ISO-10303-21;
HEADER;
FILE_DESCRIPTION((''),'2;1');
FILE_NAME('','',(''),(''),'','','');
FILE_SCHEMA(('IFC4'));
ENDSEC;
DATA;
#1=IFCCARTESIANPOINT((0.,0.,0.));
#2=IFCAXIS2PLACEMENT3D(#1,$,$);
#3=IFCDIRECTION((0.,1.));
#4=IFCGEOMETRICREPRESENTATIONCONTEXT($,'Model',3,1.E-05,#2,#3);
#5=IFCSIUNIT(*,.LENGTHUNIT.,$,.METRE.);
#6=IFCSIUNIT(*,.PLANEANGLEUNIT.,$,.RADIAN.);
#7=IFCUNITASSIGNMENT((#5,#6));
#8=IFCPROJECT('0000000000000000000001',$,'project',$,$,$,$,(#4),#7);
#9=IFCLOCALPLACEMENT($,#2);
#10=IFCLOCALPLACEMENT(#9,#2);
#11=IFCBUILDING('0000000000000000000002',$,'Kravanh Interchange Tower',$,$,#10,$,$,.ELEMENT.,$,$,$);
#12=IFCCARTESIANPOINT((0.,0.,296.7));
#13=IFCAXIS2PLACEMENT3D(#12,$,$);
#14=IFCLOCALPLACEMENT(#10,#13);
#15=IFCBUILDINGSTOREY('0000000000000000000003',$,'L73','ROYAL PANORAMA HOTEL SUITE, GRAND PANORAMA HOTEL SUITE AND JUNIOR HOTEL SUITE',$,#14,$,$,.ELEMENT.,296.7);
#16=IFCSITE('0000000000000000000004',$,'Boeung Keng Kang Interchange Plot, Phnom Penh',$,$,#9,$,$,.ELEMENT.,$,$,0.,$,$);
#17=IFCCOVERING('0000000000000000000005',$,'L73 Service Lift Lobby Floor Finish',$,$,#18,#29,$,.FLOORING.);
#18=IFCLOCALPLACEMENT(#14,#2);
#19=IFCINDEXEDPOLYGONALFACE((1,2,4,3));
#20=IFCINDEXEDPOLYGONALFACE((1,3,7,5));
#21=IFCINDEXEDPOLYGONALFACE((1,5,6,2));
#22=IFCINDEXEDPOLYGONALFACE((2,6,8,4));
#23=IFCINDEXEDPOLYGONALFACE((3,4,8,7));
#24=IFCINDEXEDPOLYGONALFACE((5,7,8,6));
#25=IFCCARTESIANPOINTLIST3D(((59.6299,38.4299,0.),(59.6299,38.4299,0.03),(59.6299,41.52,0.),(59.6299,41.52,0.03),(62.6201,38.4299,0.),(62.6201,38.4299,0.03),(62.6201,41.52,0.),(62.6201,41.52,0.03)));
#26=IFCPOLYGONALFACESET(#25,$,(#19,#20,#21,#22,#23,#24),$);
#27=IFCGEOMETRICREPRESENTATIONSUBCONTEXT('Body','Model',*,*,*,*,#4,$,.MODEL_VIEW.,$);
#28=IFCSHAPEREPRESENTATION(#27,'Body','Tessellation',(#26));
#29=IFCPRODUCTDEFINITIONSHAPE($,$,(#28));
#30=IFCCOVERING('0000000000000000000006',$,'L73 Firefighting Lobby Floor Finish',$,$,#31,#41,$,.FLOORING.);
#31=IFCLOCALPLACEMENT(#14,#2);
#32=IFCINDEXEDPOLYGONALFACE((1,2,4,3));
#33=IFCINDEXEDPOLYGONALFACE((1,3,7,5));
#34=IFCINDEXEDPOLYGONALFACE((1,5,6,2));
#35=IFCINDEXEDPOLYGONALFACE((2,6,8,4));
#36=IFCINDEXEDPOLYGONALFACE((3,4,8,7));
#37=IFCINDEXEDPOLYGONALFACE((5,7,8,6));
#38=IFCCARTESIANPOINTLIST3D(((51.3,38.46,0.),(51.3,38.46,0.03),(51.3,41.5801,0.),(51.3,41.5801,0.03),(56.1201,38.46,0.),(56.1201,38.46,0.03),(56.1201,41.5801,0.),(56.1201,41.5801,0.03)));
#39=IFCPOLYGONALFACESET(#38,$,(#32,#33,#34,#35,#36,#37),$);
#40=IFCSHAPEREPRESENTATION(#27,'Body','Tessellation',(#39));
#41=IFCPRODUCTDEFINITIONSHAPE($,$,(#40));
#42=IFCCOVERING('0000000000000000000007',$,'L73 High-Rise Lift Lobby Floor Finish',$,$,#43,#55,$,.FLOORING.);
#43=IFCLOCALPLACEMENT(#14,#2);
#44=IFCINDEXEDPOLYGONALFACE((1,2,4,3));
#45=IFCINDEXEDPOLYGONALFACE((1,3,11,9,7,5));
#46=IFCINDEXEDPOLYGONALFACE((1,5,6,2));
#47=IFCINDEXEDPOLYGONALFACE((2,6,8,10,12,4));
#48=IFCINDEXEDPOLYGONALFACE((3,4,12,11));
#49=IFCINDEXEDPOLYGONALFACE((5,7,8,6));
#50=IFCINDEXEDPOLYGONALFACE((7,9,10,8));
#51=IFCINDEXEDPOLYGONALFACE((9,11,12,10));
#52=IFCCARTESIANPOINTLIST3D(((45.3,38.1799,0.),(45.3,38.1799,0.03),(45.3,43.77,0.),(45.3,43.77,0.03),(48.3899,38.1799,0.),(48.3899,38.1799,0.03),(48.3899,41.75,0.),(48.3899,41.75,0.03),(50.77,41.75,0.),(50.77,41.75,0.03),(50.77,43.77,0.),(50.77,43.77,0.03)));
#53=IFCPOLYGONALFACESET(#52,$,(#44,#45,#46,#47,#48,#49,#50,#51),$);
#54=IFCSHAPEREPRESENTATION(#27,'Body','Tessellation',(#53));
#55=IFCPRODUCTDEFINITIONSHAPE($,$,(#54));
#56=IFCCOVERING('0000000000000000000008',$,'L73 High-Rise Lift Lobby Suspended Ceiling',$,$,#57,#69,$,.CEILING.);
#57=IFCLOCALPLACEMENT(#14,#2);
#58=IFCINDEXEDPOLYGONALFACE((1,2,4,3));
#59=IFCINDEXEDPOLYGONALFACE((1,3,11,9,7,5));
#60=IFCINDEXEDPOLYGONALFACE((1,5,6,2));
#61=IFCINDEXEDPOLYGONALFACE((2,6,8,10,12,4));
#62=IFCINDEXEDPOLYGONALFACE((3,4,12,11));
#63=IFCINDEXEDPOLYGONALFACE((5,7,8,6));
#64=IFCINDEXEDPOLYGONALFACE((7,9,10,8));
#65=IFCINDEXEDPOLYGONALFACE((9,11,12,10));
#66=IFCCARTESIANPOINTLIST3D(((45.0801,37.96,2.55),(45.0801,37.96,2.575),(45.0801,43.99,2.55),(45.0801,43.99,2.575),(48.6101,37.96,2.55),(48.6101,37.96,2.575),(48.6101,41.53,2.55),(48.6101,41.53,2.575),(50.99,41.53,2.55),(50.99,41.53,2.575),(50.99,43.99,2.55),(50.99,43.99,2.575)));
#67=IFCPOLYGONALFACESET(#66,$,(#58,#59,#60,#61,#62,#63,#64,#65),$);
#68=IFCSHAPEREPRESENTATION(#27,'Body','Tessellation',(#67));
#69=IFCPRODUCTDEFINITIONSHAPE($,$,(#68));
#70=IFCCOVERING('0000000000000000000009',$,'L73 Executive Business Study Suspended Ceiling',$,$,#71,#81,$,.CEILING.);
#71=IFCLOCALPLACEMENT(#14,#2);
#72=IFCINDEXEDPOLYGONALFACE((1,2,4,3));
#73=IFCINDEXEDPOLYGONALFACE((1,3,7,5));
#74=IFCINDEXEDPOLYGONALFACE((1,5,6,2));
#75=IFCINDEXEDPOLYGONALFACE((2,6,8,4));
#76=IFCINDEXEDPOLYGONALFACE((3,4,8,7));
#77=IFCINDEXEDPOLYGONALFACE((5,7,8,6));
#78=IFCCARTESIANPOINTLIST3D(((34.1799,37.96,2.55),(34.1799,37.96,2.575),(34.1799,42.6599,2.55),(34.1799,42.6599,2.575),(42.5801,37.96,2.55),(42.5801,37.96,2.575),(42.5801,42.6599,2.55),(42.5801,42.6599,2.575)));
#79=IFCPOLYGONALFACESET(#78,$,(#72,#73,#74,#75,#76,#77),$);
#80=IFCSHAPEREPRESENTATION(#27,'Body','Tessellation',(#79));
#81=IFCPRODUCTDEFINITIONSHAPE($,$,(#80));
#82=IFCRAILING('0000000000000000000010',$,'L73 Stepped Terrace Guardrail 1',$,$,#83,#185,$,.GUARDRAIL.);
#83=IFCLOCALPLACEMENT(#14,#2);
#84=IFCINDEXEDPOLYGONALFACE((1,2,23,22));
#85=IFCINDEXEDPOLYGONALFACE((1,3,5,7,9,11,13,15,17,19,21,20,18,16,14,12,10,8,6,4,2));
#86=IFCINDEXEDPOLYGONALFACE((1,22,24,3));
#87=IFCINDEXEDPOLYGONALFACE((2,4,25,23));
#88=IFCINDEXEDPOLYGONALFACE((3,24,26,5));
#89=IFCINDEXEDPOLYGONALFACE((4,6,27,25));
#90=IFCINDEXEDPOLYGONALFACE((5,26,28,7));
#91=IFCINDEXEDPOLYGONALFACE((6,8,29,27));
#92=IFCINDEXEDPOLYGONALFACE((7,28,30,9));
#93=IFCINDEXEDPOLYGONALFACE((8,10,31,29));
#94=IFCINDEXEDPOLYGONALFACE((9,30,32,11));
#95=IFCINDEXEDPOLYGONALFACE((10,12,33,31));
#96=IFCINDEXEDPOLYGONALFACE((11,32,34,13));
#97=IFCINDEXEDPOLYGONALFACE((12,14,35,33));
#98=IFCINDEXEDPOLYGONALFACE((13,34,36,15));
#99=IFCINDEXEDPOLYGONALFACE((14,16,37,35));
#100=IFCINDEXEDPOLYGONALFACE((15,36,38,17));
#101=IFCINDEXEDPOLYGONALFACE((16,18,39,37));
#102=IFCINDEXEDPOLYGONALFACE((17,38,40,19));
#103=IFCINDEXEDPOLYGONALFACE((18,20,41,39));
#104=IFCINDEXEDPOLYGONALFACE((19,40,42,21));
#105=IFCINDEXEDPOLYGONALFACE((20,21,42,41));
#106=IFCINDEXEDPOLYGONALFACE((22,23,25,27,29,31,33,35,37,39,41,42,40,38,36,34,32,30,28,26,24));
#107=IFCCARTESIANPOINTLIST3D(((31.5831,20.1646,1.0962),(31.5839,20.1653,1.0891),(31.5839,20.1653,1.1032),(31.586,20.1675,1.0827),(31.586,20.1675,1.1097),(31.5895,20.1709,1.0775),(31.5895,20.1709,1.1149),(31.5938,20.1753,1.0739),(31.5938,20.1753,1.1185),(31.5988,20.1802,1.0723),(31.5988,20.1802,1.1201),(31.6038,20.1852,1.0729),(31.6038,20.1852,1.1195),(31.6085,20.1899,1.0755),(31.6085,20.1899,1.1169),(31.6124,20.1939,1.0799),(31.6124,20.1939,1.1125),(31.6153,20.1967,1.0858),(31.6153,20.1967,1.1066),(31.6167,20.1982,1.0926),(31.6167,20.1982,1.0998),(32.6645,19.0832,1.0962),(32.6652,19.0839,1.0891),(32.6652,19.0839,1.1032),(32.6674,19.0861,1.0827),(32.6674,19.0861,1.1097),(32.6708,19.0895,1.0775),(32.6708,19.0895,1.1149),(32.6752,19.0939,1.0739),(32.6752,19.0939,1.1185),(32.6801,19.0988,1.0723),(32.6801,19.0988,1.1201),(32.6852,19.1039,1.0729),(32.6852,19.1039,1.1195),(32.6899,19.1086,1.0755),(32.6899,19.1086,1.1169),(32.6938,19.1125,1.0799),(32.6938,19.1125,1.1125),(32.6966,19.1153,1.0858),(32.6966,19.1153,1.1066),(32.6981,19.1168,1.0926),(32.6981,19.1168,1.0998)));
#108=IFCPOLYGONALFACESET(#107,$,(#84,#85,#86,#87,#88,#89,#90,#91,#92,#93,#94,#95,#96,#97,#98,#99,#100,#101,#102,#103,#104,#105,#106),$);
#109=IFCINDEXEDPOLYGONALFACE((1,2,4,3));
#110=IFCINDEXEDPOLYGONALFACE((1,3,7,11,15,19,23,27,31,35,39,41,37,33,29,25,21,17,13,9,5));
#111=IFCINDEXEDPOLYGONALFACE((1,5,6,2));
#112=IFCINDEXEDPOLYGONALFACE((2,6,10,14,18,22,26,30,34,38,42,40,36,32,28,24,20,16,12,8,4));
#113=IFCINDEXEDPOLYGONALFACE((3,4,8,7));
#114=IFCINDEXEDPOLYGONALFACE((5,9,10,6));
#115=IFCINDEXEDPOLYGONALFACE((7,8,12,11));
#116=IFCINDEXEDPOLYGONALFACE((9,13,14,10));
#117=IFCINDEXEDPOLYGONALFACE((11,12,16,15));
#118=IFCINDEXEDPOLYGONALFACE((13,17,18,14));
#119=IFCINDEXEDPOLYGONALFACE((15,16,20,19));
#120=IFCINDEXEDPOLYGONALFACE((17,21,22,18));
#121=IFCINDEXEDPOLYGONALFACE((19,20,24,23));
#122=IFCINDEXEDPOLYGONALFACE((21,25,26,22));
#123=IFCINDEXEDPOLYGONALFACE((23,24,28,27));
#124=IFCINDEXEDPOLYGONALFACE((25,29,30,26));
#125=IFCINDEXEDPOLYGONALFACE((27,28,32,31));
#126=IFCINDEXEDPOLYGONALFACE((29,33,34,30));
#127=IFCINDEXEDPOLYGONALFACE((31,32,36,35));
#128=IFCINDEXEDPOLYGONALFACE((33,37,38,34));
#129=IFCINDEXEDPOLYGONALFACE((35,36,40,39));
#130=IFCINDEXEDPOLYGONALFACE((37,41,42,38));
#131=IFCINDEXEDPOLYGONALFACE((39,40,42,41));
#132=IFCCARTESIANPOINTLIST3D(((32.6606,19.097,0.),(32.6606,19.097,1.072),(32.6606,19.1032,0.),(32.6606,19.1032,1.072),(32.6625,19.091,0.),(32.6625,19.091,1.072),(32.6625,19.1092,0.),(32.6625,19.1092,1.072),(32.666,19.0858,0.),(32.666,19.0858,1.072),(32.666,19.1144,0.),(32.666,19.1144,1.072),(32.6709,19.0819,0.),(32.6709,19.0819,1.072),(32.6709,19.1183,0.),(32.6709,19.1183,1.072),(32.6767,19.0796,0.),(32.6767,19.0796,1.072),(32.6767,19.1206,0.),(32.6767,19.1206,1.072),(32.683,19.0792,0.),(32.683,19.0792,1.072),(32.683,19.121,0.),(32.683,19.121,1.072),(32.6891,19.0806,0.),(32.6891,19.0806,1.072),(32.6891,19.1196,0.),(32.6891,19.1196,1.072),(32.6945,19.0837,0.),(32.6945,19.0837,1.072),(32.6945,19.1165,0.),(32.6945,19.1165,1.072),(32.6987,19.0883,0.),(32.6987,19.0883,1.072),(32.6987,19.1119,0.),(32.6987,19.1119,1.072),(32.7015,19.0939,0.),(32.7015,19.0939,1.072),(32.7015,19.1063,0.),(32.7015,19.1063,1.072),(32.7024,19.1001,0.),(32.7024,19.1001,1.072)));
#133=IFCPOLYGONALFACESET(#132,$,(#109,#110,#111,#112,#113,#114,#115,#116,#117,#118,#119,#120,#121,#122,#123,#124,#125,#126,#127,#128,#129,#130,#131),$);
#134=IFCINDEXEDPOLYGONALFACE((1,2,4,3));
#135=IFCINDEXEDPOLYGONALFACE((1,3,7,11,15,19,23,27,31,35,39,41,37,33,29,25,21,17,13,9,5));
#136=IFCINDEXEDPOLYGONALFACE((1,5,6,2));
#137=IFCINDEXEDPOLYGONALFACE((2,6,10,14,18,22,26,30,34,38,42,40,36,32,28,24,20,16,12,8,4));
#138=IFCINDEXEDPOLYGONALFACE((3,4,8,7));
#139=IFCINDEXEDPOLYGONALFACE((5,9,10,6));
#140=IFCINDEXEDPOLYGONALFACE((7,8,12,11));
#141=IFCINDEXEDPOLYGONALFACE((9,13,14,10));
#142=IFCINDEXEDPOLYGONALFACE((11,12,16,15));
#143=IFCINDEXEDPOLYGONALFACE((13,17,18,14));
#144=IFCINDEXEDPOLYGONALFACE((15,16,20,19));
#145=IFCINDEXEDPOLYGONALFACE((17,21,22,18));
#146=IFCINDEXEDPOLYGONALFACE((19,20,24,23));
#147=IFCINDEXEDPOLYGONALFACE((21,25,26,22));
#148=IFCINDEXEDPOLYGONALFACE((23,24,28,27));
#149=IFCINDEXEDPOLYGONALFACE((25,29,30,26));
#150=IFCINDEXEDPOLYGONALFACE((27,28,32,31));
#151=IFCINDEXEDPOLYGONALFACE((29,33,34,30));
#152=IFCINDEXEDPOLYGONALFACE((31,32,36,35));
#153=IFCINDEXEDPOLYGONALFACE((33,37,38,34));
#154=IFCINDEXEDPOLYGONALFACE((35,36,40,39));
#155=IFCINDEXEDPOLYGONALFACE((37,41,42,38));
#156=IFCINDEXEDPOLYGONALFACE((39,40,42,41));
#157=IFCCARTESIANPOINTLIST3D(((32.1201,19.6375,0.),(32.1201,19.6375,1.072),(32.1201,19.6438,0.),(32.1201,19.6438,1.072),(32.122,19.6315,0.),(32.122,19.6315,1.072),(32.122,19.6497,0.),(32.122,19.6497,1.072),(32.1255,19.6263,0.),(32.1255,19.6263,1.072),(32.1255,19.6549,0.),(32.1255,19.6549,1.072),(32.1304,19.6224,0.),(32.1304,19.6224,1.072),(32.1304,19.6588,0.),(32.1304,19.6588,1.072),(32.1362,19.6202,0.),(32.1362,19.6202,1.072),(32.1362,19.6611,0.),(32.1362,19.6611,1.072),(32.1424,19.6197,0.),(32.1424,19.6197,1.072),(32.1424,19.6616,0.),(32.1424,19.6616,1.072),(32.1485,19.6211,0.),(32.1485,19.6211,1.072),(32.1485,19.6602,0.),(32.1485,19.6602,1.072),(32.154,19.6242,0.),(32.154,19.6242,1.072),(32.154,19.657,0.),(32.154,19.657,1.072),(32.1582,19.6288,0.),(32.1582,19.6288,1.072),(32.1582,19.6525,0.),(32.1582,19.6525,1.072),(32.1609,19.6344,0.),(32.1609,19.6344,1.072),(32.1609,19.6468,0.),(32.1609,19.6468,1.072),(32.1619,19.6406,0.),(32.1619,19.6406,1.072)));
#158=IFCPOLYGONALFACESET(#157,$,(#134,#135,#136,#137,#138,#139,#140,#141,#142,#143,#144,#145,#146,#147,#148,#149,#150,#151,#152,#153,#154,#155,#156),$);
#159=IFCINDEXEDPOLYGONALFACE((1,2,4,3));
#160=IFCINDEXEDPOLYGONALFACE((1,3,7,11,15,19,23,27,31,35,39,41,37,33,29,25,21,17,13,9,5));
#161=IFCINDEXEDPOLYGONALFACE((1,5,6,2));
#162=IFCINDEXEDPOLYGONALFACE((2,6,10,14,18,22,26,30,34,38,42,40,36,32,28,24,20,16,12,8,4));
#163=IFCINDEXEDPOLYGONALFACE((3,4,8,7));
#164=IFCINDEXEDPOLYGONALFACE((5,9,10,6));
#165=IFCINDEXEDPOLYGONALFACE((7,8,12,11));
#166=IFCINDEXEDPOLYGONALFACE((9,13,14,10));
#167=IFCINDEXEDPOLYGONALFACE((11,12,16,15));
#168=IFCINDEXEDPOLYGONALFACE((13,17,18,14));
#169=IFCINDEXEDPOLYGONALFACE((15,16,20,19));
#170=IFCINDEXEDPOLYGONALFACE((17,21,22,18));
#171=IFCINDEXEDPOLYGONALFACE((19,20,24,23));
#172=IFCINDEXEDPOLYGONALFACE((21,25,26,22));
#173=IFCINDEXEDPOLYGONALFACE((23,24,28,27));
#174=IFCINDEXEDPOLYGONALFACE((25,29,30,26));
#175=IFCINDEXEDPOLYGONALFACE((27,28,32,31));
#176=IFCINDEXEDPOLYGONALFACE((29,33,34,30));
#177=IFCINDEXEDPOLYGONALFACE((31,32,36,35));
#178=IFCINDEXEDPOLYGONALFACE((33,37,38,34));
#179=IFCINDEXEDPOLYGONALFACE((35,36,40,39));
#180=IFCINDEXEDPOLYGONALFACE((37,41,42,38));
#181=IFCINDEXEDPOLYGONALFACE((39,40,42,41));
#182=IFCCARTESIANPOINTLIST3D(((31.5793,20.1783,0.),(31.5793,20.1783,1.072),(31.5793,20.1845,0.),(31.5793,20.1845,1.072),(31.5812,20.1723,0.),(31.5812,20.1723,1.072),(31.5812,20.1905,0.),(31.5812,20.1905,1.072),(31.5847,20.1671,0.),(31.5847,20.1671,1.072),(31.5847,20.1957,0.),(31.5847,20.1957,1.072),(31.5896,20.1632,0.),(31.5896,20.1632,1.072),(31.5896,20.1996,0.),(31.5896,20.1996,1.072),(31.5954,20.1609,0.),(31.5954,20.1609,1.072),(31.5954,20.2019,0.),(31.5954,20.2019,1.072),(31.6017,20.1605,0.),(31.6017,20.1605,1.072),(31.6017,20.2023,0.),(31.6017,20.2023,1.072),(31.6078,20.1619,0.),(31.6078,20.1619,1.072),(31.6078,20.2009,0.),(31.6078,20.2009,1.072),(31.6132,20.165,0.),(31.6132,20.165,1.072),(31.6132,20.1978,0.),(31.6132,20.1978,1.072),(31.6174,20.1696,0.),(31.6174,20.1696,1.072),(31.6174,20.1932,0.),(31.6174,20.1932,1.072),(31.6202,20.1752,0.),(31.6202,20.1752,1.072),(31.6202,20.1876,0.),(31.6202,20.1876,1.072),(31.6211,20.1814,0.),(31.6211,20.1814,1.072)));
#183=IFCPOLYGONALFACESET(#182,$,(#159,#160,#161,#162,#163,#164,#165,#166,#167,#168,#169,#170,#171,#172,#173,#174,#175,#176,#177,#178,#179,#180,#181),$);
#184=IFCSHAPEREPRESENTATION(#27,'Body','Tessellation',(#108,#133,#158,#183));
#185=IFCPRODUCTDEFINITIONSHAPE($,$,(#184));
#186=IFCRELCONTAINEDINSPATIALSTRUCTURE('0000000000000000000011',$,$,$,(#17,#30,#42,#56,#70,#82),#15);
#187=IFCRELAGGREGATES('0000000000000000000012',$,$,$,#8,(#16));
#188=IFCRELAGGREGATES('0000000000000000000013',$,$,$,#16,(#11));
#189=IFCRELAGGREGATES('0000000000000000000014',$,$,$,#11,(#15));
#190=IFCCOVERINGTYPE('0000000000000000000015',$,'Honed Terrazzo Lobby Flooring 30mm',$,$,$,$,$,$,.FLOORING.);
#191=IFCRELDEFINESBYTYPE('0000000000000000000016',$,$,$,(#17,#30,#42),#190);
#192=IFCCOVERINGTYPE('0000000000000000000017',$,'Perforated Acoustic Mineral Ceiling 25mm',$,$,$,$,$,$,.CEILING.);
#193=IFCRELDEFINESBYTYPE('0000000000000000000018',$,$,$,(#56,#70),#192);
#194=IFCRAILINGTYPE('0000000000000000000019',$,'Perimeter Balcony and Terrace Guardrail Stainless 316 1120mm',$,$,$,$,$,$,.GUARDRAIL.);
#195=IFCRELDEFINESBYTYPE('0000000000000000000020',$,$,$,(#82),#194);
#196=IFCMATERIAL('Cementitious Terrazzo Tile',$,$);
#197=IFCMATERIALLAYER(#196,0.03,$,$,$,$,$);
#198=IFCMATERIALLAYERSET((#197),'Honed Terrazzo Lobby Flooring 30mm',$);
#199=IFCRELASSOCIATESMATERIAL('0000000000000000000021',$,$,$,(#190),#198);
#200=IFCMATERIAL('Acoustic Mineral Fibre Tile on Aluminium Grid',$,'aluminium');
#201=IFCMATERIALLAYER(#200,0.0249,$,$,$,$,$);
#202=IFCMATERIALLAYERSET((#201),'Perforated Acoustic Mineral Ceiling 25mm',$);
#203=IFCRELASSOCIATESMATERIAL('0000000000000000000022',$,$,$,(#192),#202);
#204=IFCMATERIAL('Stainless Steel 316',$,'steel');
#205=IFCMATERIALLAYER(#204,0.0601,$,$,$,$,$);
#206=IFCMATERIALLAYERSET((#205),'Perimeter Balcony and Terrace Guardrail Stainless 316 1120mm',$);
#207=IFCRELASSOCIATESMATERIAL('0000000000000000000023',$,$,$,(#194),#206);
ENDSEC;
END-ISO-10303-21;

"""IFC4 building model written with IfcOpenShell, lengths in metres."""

from ifc_helpers import new_model, si_unit, direction, frame, origin, origin_2d, place, context, subcontext, project, spatial, polyline, circle, outline, extrude, material, layer, layer_set, type_object, element, save


model = new_model("IFC4")

# Units and contexts
model_context = context("Model", 3, precision=1e-05, world=origin(), true_north=direction((0.0, 1.0)))
body_context = subcontext(model_context, "Body", "Model", "MODEL_VIEW")
ifc_project = project(units=[si_unit("LENGTHUNIT", "METRE"), si_unit("PLANEANGLEUNIT", "RADIAN")], contexts=[model_context])

# Site, building, storey
site_placement = place(None, origin())
site = spatial("IfcSite", under=ifc_project, at=site_placement, Name="Boeung Keng Kang Interchange Plot, Phnom Penh", CompositionType="ELEMENT", RefElevation=0.0)
building_placement = place(site_placement, origin())
building = spatial("IfcBuilding", under=site, at=building_placement, Name="Kravanh Interchange Tower", CompositionType="ELEMENT")
storey_placement = place(building_placement, frame((0.0, 0.0, 296.7)))
storey = spatial("IfcBuildingStorey", under=building, at=storey_placement, Name="L73", Description="ROYAL PANORAMA HOTEL SUITE, GRAND PANORAMA HOTEL SUITE AND JUNIOR HOTEL SUITE", CompositionType="ELEMENT", Elevation=296.7)

# Coverings
ifc_material_1 = material(Name="Cementitious Terrazzo Tile")
ifc_layer_1 = layer(ifc_material_1, 0.03)
ifc_layer_set_1 = layer_set([ifc_layer_1], Name="Honed Terrazzo Lobby Flooring 30mm")
covering_type_1 = type_object("IfcCoveringType", Name="Honed Terrazzo Lobby Flooring 30mm", PredefinedType="FLOORING", material=ifc_layer_set_1)
covering_1_placement = place(storey_placement, origin())
element("IfcCovering", 1, at=covering_1_placement, inside=storey, type_object=covering_type_1, Name="L73 Service Lift Lobby Floor Finish", PredefinedType="FLOORING", context=body_context, shape_type="SweptSolid", body=[
    extrude(outline(polyline([(59.6299, 41.52), (62.6201, 41.52), (62.6201, 38.4299), (59.6299, 38.4299), (59.6299, 41.52)])), origin(), (0.0, 0.0, 1.0), 0.03),
])
covering_2_placement = place(storey_placement, origin())
element("IfcCovering", 2, at=covering_2_placement, inside=storey, type_object=covering_type_1, Name="L73 Firefighting Lobby Floor Finish", PredefinedType="FLOORING", context=body_context, shape_type="SweptSolid", body=[
    extrude(outline(polyline([(56.1201, 38.46), (51.3, 38.46), (51.3, 41.5801), (56.1201, 41.5801), (56.1201, 38.46)])), origin(), (0.0, 0.0, 1.0), 0.03),
])
covering_3_placement = place(storey_placement, origin())
element("IfcCovering", 3, at=covering_3_placement, inside=storey, type_object=covering_type_1, Name="L73 High-Rise Lift Lobby Floor Finish", PredefinedType="FLOORING", context=body_context, shape_type="SweptSolid", body=[
    extrude(outline(polyline([(45.3, 43.77), (50.77, 43.77), (50.77, 41.75), (48.3899, 41.75), (48.3899, 38.1799), (45.3, 38.1799), (45.3, 43.77)])), origin(), (0.0, 0.0, 1.0), 0.03),
])
ifc_material_2 = material(Name="Acoustic Mineral Fibre Tile on Aluminium Grid", Category="aluminium")
ifc_layer_2 = layer(ifc_material_2, 0.0249)
ifc_layer_set_2 = layer_set([ifc_layer_2], Name="Perforated Acoustic Mineral Ceiling 25mm")
covering_type_2 = type_object("IfcCoveringType", Name="Perforated Acoustic Mineral Ceiling 25mm", PredefinedType="CEILING", material=ifc_layer_set_2)
covering_4_placement = place(storey_placement, frame((0.0, 0.0, 2.55)))
element("IfcCovering", 4, at=covering_4_placement, inside=storey, type_object=covering_type_2, Name="L73 High-Rise Lift Lobby Suspended Ceiling", PredefinedType="CEILING", context=body_context, shape_type="SweptSolid", body=[
    extrude(outline(polyline([(50.99, 41.53), (48.6101, 41.53), (48.6101, 37.96), (45.0801, 37.96), (45.0801, 43.99), (50.99, 43.99), (50.99, 41.53)])), origin(), (0.0, 0.0, 1.0), 0.0249),
])
covering_5_placement = place(storey_placement, frame((0.0, 0.0, 2.55)))
element("IfcCovering", 5, at=covering_5_placement, inside=storey, type_object=covering_type_2, Name="L73 Executive Business Study Suspended Ceiling", PredefinedType="CEILING", context=body_context, shape_type="SweptSolid", body=[
    extrude(outline(polyline([(42.5801, 37.96), (34.1799, 37.96), (34.1799, 42.6599), (42.5801, 42.6599), (42.5801, 37.96)])), origin(), (0.0, 0.0, 1.0), 0.0249),
])

# Railing
ifc_material_3 = material(Name="Stainless Steel 316", Category="steel")
ifc_layer_3 = layer(ifc_material_3, 0.0601)
ifc_layer_set_3 = layer_set([ifc_layer_3], Name="Perimeter Balcony and Terrace Guardrail Stainless 316 1120mm")
railing_type = type_object("IfcRailingType", Name="Perimeter Balcony and Terrace Guardrail Stainless 316 1120mm", PredefinedType="GUARDRAIL", material=ifc_layer_set_3)
railing_1_placement = place(storey_placement, frame((32.6814, 19.1001, 0.0)))
element("IfcRailing", 6, at=railing_1_placement, inside=storey, type_object=railing_type, Name="L73 Stepped Terrace Guardrail 1", PredefinedType="GUARDRAIL", context=body_context, shape_type="SweptSolid", body=[
    extrude(circle(Radius=0.0239, at=origin_2d()), frame((0.0, 0.0, 1.0962), z_axis=(-0.707107, 0.707107, 0.0), x_axis=(-0.707107, -0.707107, 0.0)), (0.0, 0.0, 1.0), 1.5293),
    extrude(circle(Radius=0.021, at=origin_2d()), origin(), (0.0, 0.0, 1.0), 1.072),
    extrude(circle(Radius=0.021, at=origin_2d()), frame((-0.5405, 0.5405, 0.0)), (0.0, 0.0, 1.0), 1.072),
    extrude(circle(Radius=0.021, at=origin_2d()), frame((-1.0813, 1.0813, 0.0)), (0.0, 0.0, 1.0), 1.072),
])

save(model, "model.ifc")
